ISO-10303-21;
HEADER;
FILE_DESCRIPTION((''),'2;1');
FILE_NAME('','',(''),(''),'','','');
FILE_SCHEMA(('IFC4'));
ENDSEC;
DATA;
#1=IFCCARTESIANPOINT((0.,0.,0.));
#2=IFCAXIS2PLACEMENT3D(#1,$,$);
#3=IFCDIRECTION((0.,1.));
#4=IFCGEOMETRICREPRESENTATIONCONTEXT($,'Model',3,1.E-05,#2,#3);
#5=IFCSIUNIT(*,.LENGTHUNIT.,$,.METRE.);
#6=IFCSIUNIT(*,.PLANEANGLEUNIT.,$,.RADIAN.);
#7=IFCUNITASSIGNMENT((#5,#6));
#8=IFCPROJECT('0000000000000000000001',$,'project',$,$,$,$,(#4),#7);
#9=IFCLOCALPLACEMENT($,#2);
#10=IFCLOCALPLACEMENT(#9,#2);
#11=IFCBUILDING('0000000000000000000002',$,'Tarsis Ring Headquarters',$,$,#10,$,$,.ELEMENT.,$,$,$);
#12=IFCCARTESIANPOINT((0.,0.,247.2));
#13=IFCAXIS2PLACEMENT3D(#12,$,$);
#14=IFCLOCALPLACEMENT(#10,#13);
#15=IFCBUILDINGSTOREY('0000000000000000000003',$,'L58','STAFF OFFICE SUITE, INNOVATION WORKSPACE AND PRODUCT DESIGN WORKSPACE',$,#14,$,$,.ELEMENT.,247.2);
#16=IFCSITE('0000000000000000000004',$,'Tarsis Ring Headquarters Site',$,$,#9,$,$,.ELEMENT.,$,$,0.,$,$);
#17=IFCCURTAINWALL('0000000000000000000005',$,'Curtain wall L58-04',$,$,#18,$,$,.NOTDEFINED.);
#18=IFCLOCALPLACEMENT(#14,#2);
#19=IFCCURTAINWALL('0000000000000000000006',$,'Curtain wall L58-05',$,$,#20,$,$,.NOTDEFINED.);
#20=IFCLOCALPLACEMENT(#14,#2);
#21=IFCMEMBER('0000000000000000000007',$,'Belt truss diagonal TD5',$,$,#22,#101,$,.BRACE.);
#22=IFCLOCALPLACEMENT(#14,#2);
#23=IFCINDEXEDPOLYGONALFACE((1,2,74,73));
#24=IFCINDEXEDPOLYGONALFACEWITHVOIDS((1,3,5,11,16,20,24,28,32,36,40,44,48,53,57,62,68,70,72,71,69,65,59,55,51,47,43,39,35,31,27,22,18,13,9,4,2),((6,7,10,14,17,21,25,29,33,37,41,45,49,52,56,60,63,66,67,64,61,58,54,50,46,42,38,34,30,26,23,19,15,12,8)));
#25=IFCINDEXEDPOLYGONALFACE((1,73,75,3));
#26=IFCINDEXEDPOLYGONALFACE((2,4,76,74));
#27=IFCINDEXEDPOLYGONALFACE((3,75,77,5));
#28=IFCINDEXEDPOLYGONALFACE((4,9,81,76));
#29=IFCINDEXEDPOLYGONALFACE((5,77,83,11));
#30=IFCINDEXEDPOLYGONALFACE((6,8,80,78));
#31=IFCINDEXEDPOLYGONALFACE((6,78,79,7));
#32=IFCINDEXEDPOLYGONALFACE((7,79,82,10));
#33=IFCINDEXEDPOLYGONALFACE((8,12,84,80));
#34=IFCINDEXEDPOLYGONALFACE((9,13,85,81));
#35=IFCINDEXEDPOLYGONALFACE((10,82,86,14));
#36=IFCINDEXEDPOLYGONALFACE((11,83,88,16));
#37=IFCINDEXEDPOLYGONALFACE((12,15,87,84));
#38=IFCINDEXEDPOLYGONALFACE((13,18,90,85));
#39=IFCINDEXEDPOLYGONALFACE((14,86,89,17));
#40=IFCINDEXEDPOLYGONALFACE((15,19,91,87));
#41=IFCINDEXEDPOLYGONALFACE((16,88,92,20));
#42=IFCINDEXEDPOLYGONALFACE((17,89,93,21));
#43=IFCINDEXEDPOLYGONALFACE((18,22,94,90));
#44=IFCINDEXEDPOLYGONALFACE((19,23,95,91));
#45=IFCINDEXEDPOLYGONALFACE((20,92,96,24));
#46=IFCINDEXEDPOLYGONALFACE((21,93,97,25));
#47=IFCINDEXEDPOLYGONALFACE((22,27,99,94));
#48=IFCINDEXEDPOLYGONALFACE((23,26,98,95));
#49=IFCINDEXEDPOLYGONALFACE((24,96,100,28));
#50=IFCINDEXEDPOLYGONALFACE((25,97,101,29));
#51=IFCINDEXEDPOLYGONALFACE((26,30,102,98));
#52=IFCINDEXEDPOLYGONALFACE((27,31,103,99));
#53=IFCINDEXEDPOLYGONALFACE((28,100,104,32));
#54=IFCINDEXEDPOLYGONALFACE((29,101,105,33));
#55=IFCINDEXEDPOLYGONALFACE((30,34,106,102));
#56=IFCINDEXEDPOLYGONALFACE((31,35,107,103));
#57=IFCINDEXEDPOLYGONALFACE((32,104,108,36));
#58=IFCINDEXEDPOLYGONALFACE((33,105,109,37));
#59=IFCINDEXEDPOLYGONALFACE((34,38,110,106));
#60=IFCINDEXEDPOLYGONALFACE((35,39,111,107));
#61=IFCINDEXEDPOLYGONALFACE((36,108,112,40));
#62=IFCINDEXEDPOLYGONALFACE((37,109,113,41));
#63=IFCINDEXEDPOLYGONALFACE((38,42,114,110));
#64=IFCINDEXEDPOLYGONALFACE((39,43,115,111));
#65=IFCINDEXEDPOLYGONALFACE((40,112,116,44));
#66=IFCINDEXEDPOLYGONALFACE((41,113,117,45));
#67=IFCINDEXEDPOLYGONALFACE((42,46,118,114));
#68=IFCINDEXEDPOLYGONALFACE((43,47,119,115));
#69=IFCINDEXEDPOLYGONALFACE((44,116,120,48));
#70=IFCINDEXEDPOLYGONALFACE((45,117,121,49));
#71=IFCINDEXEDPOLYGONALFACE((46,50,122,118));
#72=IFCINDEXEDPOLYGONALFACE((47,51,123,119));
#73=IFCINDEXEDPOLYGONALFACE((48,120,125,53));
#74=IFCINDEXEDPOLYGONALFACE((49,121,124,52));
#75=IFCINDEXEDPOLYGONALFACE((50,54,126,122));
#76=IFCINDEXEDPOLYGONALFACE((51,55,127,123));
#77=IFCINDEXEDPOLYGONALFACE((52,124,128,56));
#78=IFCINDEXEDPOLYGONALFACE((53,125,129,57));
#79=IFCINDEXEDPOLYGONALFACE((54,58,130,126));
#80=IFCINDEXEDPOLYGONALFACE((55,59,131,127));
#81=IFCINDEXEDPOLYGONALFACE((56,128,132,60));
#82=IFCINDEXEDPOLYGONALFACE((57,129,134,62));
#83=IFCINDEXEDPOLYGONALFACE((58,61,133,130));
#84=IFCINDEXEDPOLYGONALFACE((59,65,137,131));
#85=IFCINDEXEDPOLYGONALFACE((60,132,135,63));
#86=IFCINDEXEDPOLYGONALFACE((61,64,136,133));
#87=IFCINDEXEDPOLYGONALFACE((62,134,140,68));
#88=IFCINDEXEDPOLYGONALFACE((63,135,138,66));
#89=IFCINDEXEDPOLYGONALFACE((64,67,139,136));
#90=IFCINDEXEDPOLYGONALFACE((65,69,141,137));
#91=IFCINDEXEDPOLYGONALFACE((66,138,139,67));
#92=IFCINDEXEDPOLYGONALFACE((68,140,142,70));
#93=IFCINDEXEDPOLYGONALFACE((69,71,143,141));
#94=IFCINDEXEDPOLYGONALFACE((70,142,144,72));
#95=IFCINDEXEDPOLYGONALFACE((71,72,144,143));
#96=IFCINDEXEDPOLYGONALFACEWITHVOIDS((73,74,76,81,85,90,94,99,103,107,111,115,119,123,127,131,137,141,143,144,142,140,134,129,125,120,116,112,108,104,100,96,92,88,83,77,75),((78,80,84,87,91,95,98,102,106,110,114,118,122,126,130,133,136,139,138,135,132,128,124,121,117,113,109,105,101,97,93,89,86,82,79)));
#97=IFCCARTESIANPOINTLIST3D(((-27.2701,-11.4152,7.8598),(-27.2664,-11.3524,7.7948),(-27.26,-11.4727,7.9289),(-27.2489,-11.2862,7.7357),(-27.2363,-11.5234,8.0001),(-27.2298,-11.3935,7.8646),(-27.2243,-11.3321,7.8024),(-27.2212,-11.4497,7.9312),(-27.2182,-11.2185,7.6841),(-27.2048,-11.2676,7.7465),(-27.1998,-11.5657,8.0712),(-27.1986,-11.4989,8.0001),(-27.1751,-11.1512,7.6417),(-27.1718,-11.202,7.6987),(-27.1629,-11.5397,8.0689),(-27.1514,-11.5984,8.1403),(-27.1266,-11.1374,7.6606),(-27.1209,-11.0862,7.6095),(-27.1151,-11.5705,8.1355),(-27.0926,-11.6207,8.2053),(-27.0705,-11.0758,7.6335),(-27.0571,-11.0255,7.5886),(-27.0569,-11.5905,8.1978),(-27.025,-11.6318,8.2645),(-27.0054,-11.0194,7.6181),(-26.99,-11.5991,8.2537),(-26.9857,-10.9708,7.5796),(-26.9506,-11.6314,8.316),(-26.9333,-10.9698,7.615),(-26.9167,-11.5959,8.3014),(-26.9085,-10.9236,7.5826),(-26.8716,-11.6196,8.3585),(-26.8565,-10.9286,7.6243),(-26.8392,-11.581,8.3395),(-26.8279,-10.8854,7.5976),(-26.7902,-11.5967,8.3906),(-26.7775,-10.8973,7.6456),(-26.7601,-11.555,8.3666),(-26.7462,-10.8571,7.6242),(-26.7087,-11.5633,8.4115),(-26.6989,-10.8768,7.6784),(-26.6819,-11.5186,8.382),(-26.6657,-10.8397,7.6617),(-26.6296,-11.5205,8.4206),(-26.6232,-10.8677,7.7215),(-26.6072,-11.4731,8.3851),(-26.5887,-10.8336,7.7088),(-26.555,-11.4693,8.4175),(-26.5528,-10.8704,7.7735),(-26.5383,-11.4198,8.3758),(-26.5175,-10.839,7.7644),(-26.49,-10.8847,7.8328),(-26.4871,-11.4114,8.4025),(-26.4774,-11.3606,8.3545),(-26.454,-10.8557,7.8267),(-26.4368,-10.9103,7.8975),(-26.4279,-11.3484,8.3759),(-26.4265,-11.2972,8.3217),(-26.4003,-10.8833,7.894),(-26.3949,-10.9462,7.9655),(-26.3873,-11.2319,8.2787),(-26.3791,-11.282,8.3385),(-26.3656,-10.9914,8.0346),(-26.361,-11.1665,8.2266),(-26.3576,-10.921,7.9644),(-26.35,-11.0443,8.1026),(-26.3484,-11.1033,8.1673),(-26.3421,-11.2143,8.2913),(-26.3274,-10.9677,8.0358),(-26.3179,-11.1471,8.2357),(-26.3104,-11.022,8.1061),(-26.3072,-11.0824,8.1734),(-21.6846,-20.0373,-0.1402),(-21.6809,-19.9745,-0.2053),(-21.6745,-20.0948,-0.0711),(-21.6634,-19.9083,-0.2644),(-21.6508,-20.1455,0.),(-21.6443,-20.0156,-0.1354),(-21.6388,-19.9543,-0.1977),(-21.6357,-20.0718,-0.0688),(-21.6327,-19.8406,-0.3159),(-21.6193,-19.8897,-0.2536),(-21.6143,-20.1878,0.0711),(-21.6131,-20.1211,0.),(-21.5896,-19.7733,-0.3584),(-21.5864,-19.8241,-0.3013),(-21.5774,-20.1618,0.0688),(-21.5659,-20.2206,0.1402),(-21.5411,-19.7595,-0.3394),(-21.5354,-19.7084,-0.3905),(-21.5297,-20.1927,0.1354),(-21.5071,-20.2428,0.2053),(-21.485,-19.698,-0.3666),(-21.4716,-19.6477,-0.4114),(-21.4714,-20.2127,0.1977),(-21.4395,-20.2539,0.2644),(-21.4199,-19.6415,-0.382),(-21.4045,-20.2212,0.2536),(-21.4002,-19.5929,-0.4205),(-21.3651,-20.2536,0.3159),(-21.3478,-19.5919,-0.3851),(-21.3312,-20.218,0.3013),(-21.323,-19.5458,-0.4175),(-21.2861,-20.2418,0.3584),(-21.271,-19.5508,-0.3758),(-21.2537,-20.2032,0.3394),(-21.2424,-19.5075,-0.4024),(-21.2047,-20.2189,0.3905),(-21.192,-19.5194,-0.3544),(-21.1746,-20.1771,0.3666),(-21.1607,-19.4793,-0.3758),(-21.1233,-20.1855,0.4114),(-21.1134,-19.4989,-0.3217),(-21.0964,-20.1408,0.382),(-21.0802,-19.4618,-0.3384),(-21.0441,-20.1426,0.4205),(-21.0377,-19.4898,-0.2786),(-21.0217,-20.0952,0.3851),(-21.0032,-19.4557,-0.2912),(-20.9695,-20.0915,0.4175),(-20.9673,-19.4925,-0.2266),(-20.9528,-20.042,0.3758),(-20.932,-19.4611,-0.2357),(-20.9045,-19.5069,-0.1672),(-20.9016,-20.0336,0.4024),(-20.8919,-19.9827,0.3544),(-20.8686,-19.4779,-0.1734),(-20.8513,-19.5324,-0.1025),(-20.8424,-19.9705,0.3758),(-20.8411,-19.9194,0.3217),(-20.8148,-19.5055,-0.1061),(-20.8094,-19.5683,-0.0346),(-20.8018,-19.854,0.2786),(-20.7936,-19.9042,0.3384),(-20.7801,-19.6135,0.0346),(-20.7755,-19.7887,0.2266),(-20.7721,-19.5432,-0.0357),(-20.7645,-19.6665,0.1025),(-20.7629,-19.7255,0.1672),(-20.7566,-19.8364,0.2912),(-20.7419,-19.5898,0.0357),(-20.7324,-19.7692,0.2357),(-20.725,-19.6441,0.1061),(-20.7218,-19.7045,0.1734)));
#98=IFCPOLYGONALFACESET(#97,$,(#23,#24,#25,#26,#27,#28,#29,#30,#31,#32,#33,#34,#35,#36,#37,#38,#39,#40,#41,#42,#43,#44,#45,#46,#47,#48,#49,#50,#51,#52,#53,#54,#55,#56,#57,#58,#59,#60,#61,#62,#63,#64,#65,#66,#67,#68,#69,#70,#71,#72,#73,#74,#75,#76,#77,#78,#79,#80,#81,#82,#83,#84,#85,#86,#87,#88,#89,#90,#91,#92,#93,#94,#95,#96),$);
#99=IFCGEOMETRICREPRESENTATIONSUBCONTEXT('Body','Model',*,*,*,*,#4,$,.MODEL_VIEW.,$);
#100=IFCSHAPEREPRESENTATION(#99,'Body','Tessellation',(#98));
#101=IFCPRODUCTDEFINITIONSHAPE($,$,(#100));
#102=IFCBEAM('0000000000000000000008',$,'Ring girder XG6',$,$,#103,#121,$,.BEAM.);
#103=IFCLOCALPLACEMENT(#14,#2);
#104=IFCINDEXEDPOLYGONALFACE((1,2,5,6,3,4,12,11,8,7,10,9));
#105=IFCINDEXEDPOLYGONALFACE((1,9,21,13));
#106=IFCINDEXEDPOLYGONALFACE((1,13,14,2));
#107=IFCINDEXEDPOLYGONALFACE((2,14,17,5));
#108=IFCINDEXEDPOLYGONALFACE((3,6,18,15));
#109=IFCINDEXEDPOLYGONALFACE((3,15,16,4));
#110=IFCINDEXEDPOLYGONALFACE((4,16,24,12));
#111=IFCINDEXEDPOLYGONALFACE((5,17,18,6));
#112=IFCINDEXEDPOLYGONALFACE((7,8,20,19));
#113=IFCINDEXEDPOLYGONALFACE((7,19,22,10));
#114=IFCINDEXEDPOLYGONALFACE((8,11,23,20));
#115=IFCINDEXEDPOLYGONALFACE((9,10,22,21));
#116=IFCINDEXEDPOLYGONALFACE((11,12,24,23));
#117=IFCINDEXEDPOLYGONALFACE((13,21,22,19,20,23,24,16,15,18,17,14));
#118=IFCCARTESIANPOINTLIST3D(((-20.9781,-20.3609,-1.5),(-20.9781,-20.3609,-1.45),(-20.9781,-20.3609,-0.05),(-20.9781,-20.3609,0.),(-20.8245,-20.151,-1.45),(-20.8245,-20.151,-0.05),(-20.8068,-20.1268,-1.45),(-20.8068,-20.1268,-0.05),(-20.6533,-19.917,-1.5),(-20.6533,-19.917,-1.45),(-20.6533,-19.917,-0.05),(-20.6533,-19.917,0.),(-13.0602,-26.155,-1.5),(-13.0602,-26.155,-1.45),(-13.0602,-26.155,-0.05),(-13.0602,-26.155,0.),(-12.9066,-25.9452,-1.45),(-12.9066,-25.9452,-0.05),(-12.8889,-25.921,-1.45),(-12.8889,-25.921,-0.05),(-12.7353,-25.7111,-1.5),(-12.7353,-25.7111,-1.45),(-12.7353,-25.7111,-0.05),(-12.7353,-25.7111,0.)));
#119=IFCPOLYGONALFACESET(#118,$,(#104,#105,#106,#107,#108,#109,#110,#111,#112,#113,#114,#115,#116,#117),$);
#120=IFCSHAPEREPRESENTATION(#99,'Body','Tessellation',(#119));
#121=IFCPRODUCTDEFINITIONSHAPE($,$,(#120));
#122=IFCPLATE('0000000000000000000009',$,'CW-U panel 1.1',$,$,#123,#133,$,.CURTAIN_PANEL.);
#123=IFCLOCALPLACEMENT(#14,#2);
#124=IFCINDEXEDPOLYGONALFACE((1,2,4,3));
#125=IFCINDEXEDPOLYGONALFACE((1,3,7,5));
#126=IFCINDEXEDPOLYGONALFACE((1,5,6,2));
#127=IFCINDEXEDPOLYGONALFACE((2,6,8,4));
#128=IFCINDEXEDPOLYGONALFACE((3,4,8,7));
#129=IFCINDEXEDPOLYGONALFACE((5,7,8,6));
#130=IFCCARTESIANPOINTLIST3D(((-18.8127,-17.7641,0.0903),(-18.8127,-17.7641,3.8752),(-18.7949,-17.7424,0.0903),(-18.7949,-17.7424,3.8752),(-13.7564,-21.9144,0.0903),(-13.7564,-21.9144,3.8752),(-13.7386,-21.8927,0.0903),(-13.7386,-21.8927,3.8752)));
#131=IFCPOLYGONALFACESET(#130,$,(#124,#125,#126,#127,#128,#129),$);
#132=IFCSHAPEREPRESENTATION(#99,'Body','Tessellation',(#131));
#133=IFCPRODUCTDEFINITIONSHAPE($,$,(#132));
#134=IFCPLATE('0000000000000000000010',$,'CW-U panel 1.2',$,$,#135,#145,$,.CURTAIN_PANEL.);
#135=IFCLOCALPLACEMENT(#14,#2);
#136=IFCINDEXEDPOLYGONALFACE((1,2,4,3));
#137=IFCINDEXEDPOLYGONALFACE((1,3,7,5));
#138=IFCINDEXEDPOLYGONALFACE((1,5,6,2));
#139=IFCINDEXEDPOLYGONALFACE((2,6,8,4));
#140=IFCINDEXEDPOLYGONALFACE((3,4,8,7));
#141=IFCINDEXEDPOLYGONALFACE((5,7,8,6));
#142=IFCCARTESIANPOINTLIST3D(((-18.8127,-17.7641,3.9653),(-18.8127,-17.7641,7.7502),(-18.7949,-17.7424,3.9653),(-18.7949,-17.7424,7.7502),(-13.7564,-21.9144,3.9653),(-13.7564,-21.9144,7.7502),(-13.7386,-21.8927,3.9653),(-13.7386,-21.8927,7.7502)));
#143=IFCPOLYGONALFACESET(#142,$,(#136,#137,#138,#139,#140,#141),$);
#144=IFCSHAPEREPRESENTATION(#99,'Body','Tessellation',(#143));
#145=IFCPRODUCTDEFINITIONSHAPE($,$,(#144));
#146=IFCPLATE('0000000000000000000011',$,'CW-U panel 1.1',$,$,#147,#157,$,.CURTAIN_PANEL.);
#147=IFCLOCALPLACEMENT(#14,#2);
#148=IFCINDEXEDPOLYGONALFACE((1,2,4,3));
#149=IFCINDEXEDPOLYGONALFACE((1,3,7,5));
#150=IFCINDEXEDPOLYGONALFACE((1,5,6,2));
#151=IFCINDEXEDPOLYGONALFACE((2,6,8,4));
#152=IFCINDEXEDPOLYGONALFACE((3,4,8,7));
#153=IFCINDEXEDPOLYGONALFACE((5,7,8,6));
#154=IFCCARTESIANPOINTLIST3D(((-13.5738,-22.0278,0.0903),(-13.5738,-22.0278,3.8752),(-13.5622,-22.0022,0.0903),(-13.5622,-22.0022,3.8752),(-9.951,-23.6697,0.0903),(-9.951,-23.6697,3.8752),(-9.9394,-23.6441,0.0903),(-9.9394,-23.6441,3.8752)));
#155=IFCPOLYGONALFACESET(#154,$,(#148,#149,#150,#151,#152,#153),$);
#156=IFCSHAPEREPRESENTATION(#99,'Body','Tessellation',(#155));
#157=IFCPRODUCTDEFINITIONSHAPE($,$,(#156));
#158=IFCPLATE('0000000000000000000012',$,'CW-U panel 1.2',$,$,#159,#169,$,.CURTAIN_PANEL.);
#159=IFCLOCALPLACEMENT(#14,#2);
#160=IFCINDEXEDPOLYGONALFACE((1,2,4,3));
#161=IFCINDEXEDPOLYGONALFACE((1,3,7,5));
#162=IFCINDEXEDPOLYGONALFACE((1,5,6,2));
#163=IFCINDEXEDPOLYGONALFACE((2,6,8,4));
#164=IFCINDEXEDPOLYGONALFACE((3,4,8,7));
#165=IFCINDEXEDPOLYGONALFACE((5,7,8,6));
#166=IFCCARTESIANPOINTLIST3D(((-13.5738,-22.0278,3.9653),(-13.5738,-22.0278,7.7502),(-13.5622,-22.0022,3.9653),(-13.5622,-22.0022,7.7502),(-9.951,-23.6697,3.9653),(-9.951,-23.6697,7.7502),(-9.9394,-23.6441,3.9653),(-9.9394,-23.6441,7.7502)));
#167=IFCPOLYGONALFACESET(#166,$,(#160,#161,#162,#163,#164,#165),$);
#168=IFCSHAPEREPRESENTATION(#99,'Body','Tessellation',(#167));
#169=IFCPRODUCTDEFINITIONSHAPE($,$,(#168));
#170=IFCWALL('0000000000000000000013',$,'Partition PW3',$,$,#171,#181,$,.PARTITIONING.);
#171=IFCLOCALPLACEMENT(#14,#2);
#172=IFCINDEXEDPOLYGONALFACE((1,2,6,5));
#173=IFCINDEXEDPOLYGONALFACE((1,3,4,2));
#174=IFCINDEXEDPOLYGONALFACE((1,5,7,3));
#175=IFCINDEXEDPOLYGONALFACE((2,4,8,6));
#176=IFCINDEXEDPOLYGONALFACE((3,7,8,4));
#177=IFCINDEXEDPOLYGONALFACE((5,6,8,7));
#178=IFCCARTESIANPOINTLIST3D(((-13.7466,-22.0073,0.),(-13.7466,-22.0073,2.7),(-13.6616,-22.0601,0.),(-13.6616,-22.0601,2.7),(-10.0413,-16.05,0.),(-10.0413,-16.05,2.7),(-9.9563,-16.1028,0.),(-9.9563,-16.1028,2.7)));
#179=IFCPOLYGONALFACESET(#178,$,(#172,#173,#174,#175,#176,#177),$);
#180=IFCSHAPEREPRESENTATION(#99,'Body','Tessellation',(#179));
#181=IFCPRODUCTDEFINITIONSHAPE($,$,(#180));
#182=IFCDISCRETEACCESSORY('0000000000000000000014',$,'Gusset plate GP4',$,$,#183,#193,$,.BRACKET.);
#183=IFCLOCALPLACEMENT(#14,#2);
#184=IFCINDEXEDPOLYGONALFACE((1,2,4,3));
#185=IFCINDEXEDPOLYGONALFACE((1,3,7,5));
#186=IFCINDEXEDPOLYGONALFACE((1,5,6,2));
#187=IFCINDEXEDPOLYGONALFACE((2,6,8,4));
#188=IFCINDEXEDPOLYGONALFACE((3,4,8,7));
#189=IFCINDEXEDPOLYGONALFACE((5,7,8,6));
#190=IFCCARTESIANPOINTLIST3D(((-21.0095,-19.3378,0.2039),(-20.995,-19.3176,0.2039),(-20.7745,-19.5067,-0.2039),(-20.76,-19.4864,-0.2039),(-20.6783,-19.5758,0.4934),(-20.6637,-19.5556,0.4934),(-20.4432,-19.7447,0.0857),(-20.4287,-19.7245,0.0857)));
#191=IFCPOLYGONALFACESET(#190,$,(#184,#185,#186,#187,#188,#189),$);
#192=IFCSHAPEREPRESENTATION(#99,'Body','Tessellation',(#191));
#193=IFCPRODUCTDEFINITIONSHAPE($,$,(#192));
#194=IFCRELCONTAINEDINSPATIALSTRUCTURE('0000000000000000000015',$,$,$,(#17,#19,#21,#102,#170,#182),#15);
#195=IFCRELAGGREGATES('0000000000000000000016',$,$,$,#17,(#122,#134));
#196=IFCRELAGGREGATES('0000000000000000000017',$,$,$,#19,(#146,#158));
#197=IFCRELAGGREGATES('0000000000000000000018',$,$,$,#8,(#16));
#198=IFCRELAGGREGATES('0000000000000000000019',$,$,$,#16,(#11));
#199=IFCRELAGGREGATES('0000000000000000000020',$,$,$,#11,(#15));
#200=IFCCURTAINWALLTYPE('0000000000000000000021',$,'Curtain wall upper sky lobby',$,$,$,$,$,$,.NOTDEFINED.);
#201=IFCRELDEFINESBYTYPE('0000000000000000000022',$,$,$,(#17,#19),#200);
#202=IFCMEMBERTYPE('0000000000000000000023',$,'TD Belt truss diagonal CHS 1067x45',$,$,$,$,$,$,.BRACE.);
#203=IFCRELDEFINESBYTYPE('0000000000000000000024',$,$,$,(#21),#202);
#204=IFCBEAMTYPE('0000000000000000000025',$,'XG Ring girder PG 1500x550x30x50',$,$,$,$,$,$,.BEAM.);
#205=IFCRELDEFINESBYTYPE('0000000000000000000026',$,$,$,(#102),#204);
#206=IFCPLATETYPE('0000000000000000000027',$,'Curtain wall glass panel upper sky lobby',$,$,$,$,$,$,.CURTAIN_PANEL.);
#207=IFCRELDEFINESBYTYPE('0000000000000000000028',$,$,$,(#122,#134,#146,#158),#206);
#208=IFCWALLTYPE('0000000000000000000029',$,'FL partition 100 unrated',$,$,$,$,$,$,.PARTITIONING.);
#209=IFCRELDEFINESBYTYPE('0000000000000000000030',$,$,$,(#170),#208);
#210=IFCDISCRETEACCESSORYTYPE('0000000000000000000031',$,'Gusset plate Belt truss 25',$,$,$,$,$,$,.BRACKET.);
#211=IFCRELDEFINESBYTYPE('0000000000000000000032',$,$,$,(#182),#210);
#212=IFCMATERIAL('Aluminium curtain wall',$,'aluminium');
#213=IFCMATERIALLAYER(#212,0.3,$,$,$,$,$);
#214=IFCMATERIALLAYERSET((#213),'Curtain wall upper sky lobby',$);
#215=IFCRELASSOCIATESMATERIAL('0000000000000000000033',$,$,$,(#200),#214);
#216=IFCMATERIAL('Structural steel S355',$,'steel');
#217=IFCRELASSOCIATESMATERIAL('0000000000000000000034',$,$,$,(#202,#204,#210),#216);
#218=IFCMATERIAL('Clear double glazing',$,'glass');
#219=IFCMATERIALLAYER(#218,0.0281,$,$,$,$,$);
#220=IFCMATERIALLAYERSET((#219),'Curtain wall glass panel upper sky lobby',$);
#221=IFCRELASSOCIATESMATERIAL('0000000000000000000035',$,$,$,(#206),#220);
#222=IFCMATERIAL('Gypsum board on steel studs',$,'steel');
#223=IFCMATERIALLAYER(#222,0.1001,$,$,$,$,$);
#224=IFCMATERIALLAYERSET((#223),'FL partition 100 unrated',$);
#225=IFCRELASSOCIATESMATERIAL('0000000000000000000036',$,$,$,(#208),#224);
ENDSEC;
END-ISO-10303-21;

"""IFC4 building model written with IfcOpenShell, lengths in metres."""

from ifc_helpers import new_model, si_unit, direction, frame, frame_2d, origin, origin_2d, place, context, subcontext, project, spatial, rectangle, hollow_circle, i_section, extrude, material, layer, layer_set, material_profile, profile_set, type_object, element, aggregate, save


model = new_model("IFC4")

# Units and contexts
model_context = context("Model", 3, precision=1e-05, world=origin(), true_north=direction((0.0, 1.0)))
body_context = subcontext(model_context, "Body", "Model", "MODEL_VIEW")
ifc_project = project(units=[si_unit("LENGTHUNIT", "METRE"), si_unit("PLANEANGLEUNIT", "RADIAN")], contexts=[model_context])

# Site, building, storey
site_placement = place(None, origin())
site = spatial("IfcSite", under=ifc_project, at=site_placement, Name="Tarsis Ring Headquarters Site", CompositionType="ELEMENT", RefElevation=0.0)
building_placement = place(site_placement, origin())
building = spatial("IfcBuilding", under=site, at=building_placement, Name="Tarsis Ring Headquarters", CompositionType="ELEMENT")
storey_placement = place(building_placement, frame((0.0, 0.0, 247.2)))
storey = spatial("IfcBuildingStorey", under=building, at=storey_placement, Name="L58", Description="STAFF OFFICE SUITE, INNOVATION WORKSPACE AND PRODUCT DESIGN WORKSPACE", CompositionType="ELEMENT", Elevation=247.2)

# Shared definitions
ifc_material_1 = material(Name="Structural steel S355", Category="steel")
ifc_material_profile_1 = material_profile(ifc_material_1, hollow_circle(Radius=0.5334, WallThickness=0.0449, at=origin_2d()), Name="CHS 1067x45")
ifc_profile_set_1 = profile_set([ifc_material_profile_1], Name="Structural steel S355")

# Curtain wall
ifc_material_2 = material(Name="Aluminium curtain wall", Category="aluminium")
ifc_layer_1 = layer(ifc_material_2, 0.3)
ifc_layer_set_1 = layer_set([ifc_layer_1], Name="Curtain wall upper sky lobby")
curtain_wall_type = type_object("IfcCurtainWallType", Name="Curtain wall upper sky lobby", PredefinedType="NOTDEFINED", material=ifc_layer_set_1)
curtain_wall_1_placement = place(storey_placement, origin())
curtain_wall_1 = element("IfcCurtainWall", 1, at=curtain_wall_1_placement, inside=storey, type_object=curtain_wall_type, Name="Curtain wall L58-04", PredefinedType="NOTDEFINED")

# Curtain wall
curtain_wall_2_placement = place(storey_placement, origin())
curtain_wall_2 = element("IfcCurtainWall", 2, at=curtain_wall_2_placement, inside=storey, type_object=curtain_wall_type, Name="Curtain wall L58-05", PredefinedType="NOTDEFINED")

# Member
member_type_1 = type_object("IfcMemberType", Name="TD Belt truss diagonal CHS 1067x45", PredefinedType="BRACE", material=ifc_profile_set_1)
member_1_placement = place(storey_placement, frame((-21.2031, -19.8555, 0.0), z_axis=(-0.428969, 0.662184, 0.614409), x_axis=(-0.839283, -0.543695, 0.0)))
element("IfcMember", 3, at=member_1_placement, inside=storey, type_object=member_type_1, Name="Belt truss diagonal TD5", PredefinedType="BRACE", context=body_context, shape_type="SweptSolid", body=[
    extrude(hollow_circle(Radius=0.5334, WallThickness=0.0449, at=origin_2d()), origin(), (0.0, 0.0, 1.0), 13.0208),
])

# Beam
ifc_material_profile_2 = material_profile(ifc_material_1, i_section(OverallWidth=0.55, OverallDepth=1.5, WebThickness=0.03, FlangeThickness=0.05, at=origin_2d()), Name="PG 1500x550x30x50")
ifc_profile_set_2 = profile_set([ifc_material_profile_2], Name="Structural steel S355")
beam_type_1 = type_object("IfcBeamType", Name="XG Ring girder PG 1500x550x30x50", PredefinedType="BEAM", material=ifc_profile_set_2)
beam_1_placement = place(storey_placement, frame((-20.8157, -20.1389, -0.75), z_axis=(0.807003, -0.590547, 0.0), x_axis=(0.590547, 0.807003, 0.0)))
element("IfcBeam", 4, at=beam_1_placement, inside=storey, type_object=beam_type_1, Name="Ring girder XG6", PredefinedType="BEAM", context=body_context, shape_type="SweptSolid", body=[
    extrude(i_section(OverallWidth=0.55, OverallDepth=1.5, WebThickness=0.03, FlangeThickness=0.05, at=origin_2d()), origin(), (0.0, 0.0, 1.0), 9.8115),
])

# Plates
ifc_material_3 = material(Name="Clear double glazing", Category="glass")
ifc_layer_2 = layer(ifc_material_3, 0.0281)
ifc_layer_set_2 = layer_set([ifc_layer_2], Name="Curtain wall glass panel upper sky lobby")
plate_type = type_object("IfcPlateType", Name="Curtain wall glass panel upper sky lobby", PredefinedType="CURTAIN_PANEL", material=ifc_layer_set_2)
plate_1_placement = place(storey_placement, frame((-16.2756, -19.8284, 0.0903), z_axis=(0.0, 0.0, 1.0), x_axis=(0.772955, -0.634461, 0.0)))
plate_1 = element("IfcPlate", 5, at=plate_1_placement, type_object=plate_type, Name="CW-U panel 1.1", PredefinedType="CURTAIN_PANEL", context=body_context, shape_type="SweptSolid", body=[
    extrude(rectangle(XDim=6.5415, YDim=0.0281, at=origin_2d()), origin(), (0.0, 0.0, 1.0), 3.7849),
])
plate_2_placement = place(storey_placement, frame((-16.2756, -19.8284, 3.9653), z_axis=(0.0, 0.0, 1.0), x_axis=(0.772955, -0.634461, 0.0)))
plate_2 = element("IfcPlate", 6, at=plate_2_placement, type_object=plate_type, Name="CW-U panel 1.2", PredefinedType="CURTAIN_PANEL", context=body_context, shape_type="SweptSolid", body=[
    extrude(rectangle(XDim=6.5415, YDim=0.0281, at=origin_2d()), origin(), (0.0, 0.0, 1.0), 3.7849),
])
aggregate(curtain_wall_1, [plate_1, plate_2])
plate_3_placement = place(storey_placement, frame((-11.7566, -22.8359, 0.0903), z_axis=(0.0, 0.0, 1.0), x_axis=(0.910828, -0.412787, 0.0)))
plate_3 = element("IfcPlate", 7, at=plate_3_placement, type_object=plate_type, Name="CW-U panel 1.1", PredefinedType="CURTAIN_PANEL", context=body_context, shape_type="SweptSolid", body=[
    extrude(rectangle(XDim=3.9775, YDim=0.0281, at=origin_2d()), origin(), (0.0, 0.0, 1.0), 3.7849),
])
plate_4_placement = place(storey_placement, frame((-11.7566, -22.8359, 3.9653), z_axis=(0.0, 0.0, 1.0), x_axis=(0.910828, -0.412787, 0.0)))
plate_4 = element("IfcPlate", 8, at=plate_4_placement, type_object=plate_type, Name="CW-U panel 1.2", PredefinedType="CURTAIN_PANEL", context=body_context, shape_type="SweptSolid", body=[
    extrude(rectangle(XDim=3.9775, YDim=0.0281, at=origin_2d()), origin(), (0.0, 0.0, 1.0), 3.7849),
])
aggregate(curtain_wall_2, [plate_3, plate_4])

# Wall
ifc_material_4 = material(Name="Gypsum board on steel studs", Category="steel")
ifc_layer_3 = layer(ifc_material_4, 0.1001)
ifc_layer_set_3 = layer_set([ifc_layer_3], Name="FL partition 100 unrated")
wall_type = type_object("IfcWallType", Name="FL partition 100 unrated", PredefinedType="PARTITIONING", material=ifc_layer_set_3)
wall_placement = place(storey_placement, frame((-13.7041, -22.0337, 0.0), z_axis=(0.0, 0.0, 1.0), x_axis=(0.528155, 0.849148, 0.0)))
element("IfcWall", 9, at=wall_placement, inside=storey, type_object=wall_type, Name="Partition PW3", PredefinedType="PARTITIONING", context=body_context, shape_type="SweptSolid", body=[
    extrude(rectangle(XDim=7.0156, YDim=0.1001, at=frame_2d((3.5078, 0.0))), origin(), (0.0, 0.0, 1.0), 2.7),
])

# Discrete accessory
ifc_material_profile_3 = material_profile(ifc_material_1, rectangle(XDim=0.0249, YDim=0.5, at=origin_2d()), Name="PL 25x500")
ifc_profile_set_3 = profile_set([ifc_material_profile_3], Name="Structural steel S355")
discrete_accessory_type = type_object("IfcDiscreteAccessoryType", Name="Gusset plate Belt truss 25", PredefinedType="BRACKET", material=ifc_profile_set_3)
discrete_accessory_1_placement = place(storey_placement, frame((-20.8848, -19.4121, 0.0), z_axis=(0.662253, -0.475827, 0.5788), x_axis=(0.5835, 0.812113, 0.0)))
element("IfcDiscreteAccessory", 10, at=discrete_accessory_1_placement, inside=storey, type_object=discrete_accessory_type, Name="Gusset plate GP4", PredefinedType="BRACKET", context=body_context, shape_type="SweptSolid", body=[
    extrude(rectangle(XDim=0.0249, YDim=0.5, at=origin_2d()), origin(), (0.0, 0.0, 1.0), 0.5002),
])

save(model, "model.ifc")
